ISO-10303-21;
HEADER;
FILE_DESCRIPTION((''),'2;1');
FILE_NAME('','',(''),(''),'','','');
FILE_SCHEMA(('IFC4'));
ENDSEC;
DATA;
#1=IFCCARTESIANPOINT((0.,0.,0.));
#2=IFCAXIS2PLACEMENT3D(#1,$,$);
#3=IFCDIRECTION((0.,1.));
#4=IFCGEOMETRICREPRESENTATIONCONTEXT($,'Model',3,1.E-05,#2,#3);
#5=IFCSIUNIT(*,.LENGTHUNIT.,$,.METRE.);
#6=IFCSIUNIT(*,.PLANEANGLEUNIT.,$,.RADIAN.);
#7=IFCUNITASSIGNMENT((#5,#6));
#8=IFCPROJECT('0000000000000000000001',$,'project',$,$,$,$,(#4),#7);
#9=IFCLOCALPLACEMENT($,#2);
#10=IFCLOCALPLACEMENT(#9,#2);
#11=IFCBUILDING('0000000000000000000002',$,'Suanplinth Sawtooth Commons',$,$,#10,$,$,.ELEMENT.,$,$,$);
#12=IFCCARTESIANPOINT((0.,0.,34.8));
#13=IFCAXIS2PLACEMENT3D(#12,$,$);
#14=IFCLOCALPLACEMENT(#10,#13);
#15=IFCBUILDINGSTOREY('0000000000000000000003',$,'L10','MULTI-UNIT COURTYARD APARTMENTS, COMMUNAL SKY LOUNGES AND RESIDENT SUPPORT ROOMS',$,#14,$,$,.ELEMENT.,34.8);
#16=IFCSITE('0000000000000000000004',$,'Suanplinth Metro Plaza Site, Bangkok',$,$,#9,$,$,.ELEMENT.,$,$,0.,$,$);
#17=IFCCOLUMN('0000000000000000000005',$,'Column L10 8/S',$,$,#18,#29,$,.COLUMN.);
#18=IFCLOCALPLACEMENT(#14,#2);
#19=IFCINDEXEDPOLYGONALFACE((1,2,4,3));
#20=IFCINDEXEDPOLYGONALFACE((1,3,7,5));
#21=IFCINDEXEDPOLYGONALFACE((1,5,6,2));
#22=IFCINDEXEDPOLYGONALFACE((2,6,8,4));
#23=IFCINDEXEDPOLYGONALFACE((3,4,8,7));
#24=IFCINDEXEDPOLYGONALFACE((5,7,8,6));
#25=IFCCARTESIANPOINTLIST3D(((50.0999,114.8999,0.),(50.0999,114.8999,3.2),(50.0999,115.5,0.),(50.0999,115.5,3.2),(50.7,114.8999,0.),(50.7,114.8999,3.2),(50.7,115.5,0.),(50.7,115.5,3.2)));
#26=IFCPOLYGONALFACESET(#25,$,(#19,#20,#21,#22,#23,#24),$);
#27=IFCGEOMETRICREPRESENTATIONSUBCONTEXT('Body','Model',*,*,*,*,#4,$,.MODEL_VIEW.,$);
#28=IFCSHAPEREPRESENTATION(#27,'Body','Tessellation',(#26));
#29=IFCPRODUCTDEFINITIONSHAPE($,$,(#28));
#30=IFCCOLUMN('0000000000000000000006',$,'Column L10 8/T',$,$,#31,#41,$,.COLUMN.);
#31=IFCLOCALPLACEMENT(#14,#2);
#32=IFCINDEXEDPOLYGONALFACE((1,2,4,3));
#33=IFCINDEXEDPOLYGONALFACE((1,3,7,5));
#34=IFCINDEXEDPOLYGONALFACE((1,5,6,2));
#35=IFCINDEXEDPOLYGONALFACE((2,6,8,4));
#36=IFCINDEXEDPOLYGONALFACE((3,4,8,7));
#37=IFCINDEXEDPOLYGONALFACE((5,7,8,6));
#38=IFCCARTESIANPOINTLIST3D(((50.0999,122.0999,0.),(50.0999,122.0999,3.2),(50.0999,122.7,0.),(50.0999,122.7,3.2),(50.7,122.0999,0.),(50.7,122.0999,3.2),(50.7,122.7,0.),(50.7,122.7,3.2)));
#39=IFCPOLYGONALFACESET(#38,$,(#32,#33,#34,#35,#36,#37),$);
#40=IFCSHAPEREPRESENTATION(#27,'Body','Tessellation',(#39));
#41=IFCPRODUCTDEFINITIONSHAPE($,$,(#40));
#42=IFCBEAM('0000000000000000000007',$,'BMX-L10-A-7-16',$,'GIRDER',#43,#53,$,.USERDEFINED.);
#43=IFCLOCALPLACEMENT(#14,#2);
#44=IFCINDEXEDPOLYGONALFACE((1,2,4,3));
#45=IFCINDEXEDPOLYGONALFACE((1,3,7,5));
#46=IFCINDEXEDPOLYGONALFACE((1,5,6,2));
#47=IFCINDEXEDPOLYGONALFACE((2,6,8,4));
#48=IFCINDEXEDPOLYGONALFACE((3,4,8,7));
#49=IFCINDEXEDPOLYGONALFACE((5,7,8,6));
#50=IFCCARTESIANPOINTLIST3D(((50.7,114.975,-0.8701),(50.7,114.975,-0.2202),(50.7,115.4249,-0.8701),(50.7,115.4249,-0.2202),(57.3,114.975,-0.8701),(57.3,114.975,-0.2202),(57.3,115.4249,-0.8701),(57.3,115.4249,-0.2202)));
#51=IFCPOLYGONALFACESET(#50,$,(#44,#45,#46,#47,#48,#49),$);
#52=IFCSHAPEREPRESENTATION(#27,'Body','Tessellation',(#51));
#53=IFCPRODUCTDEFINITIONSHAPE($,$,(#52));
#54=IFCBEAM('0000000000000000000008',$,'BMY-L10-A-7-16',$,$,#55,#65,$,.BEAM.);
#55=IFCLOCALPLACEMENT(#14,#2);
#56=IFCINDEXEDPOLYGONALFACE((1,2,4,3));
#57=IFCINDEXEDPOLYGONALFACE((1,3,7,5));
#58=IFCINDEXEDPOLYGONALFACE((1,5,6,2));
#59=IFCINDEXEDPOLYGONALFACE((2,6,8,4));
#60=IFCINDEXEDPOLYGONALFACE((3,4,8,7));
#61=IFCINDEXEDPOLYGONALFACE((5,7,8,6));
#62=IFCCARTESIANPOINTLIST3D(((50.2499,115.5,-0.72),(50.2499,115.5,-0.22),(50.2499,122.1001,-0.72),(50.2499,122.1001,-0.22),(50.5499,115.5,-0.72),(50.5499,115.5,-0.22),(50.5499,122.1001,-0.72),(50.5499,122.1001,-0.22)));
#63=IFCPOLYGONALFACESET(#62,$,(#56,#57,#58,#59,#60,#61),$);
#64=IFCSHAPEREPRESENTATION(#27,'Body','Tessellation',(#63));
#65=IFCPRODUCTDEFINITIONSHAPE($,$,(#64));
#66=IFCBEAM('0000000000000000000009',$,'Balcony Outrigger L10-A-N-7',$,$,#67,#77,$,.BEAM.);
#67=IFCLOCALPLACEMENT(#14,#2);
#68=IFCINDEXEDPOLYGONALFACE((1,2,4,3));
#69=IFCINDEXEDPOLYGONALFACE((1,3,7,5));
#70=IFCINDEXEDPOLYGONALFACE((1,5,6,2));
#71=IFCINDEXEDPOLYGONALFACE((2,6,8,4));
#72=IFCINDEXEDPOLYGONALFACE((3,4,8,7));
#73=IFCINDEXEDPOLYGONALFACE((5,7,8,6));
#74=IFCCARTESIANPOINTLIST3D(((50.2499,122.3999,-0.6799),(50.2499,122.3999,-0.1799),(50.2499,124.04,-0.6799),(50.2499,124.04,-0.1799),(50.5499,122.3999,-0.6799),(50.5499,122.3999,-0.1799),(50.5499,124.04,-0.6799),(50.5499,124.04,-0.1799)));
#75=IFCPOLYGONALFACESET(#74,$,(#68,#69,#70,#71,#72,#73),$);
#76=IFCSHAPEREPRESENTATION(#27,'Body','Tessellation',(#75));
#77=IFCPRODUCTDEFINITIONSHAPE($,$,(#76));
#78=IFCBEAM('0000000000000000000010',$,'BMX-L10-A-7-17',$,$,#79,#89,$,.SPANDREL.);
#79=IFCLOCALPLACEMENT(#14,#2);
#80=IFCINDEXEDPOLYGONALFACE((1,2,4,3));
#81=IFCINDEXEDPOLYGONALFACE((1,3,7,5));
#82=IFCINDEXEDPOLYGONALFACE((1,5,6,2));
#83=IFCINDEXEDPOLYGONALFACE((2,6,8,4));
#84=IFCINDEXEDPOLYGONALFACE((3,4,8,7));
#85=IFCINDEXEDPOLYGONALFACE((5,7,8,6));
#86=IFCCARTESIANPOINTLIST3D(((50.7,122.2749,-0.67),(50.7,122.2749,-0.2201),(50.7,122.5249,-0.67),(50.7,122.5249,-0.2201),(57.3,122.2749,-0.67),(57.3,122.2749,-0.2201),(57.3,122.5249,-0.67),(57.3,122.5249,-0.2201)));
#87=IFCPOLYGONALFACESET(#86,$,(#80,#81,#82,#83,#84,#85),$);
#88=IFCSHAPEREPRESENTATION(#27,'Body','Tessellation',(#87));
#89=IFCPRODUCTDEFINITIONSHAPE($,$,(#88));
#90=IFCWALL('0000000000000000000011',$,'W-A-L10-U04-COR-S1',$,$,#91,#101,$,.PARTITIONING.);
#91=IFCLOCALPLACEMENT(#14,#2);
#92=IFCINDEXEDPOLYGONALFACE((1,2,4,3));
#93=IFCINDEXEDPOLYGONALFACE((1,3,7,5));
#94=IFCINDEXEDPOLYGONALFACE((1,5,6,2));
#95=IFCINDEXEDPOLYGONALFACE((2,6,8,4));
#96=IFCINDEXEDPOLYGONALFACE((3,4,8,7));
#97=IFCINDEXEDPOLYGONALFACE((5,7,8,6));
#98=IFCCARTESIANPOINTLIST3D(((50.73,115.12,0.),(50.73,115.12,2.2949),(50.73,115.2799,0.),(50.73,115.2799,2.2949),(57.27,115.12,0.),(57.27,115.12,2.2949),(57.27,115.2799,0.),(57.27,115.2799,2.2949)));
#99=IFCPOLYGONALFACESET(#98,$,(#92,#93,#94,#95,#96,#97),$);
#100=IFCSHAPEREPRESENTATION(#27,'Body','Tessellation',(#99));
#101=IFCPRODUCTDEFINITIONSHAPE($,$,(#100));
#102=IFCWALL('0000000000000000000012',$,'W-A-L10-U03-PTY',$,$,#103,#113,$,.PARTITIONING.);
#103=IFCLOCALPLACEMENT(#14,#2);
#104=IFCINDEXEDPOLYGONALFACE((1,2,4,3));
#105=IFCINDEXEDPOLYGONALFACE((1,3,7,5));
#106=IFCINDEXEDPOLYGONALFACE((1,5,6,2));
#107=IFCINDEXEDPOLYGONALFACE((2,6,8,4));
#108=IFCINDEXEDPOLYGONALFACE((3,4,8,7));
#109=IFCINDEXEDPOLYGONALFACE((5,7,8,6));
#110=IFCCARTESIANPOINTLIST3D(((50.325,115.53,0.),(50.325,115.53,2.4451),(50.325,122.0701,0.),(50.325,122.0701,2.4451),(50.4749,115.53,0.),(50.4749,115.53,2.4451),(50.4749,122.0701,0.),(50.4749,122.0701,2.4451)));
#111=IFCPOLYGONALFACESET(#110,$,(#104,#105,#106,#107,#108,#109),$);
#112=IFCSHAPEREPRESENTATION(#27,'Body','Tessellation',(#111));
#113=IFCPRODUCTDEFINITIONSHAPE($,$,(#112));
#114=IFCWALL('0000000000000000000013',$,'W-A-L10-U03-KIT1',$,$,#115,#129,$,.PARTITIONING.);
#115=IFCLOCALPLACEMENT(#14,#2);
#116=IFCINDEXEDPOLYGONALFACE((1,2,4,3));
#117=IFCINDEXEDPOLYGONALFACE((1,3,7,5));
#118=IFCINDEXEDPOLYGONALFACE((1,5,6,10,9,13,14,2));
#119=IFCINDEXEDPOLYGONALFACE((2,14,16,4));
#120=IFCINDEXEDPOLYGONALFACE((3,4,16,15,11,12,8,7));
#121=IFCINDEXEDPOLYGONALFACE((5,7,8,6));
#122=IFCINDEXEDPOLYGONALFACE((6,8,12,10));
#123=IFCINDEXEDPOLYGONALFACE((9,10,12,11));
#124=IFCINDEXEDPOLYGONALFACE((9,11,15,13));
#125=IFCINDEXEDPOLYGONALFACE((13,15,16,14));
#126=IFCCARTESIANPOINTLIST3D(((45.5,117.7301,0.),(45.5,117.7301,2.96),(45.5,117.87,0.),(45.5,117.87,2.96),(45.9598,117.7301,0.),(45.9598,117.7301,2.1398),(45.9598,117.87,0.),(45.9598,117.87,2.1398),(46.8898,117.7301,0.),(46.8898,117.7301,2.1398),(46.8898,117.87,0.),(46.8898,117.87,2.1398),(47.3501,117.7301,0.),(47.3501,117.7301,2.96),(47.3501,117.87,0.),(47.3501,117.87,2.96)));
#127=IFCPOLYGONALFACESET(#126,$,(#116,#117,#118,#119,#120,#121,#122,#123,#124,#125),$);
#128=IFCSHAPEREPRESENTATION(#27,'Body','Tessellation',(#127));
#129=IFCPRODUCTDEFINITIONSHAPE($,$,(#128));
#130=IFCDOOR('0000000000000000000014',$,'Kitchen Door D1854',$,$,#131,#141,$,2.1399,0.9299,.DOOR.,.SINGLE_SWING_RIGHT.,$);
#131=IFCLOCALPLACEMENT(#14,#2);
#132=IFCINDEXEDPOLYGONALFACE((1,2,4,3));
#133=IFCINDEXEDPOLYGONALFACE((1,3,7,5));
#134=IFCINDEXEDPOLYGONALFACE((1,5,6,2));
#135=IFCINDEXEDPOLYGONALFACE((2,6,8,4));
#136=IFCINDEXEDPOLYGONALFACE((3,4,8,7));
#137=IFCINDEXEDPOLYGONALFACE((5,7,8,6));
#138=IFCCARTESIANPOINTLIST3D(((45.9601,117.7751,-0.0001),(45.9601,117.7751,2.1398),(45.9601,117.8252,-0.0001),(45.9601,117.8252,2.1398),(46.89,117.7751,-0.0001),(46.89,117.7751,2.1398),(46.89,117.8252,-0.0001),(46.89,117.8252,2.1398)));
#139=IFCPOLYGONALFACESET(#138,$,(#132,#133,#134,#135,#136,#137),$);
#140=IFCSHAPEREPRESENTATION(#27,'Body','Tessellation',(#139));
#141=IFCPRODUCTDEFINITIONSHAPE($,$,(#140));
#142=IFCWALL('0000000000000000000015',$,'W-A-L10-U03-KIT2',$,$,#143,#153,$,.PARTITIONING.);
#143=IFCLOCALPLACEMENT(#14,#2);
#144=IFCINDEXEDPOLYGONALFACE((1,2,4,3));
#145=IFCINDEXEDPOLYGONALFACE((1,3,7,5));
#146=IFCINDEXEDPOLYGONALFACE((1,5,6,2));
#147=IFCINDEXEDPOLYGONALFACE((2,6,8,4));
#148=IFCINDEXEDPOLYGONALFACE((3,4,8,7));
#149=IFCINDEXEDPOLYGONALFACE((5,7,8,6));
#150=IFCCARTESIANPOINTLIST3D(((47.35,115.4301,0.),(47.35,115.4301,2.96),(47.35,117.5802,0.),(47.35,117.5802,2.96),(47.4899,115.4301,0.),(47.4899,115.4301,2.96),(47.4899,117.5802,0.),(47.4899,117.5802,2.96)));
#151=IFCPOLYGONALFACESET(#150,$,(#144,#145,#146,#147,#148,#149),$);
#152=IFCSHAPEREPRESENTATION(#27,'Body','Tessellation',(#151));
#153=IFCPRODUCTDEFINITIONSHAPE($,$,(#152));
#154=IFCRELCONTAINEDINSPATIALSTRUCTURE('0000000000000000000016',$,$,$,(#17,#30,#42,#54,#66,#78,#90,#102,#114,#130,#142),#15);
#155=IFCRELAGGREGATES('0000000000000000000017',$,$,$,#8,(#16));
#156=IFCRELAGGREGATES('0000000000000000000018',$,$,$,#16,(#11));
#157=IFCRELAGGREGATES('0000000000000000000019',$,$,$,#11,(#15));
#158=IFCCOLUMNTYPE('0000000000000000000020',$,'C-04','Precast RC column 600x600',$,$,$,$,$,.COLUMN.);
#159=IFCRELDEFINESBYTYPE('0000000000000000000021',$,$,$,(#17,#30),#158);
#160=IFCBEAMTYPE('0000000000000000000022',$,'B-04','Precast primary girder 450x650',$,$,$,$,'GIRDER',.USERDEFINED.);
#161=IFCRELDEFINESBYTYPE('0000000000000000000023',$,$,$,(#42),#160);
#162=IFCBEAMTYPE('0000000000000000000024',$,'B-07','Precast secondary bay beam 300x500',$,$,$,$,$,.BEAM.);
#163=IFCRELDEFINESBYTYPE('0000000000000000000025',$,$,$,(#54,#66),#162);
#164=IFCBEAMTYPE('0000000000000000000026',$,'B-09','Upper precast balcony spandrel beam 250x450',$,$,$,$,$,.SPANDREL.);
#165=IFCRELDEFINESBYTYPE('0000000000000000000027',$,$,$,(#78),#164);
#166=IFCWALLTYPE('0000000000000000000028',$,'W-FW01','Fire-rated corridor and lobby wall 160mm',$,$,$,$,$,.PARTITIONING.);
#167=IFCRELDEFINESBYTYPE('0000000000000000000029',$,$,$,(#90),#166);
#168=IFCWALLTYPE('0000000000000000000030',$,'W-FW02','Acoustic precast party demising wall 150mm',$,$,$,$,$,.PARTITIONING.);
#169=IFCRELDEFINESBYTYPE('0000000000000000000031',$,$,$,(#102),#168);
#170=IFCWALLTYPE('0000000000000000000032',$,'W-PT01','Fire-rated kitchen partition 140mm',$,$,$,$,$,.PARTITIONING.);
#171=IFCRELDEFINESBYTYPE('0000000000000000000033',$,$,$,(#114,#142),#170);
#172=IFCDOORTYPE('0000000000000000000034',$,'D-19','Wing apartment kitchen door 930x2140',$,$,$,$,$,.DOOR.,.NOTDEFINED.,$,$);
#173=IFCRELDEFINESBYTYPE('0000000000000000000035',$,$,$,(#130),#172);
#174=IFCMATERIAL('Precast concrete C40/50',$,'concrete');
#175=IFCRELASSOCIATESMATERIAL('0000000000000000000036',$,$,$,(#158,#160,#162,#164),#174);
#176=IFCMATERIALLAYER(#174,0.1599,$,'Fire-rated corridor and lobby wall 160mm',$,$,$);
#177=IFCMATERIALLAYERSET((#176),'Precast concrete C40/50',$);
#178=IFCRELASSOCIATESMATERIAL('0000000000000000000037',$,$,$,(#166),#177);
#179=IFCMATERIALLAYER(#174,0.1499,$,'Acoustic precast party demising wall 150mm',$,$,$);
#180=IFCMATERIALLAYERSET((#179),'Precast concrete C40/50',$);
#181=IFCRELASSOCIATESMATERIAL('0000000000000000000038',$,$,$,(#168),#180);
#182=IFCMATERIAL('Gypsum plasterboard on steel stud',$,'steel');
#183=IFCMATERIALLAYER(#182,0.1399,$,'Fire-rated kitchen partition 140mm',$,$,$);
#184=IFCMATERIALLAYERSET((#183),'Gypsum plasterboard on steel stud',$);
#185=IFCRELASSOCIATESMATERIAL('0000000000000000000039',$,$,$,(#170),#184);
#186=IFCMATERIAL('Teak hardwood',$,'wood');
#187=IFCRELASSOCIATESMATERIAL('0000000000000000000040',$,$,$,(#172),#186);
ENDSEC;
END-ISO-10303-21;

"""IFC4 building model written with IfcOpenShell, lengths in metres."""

from ifc_helpers import new_model, si_unit, direction, frame, frame_2d, origin, origin_2d, place, context, subcontext, project, spatial, rectangle, extrude, material, layer, layer_set, material_profile, profile_set, type_object, element, fill, save


model = new_model("IFC4")

# Units and contexts
model_context = context("Model", 3, precision=1e-05, world=origin(), true_north=direction((0.0, 1.0)))
body_context = subcontext(model_context, "Body", "Model", "MODEL_VIEW")
ifc_project = project(units=[si_unit("LENGTHUNIT", "METRE"), si_unit("PLANEANGLEUNIT", "RADIAN")], contexts=[model_context])

# Site, building, storey
site_placement = place(None, origin())
site = spatial("IfcSite", under=ifc_project, at=site_placement, Name="Suanplinth Metro Plaza Site, Bangkok", CompositionType="ELEMENT", RefElevation=0.0)
building_placement = place(site_placement, origin())
building = spatial("IfcBuilding", under=site, at=building_placement, Name="Suanplinth Sawtooth Commons", CompositionType="ELEMENT")
storey_placement = place(building_placement, frame((0.0, 0.0, 34.8)))
storey = spatial("IfcBuildingStorey", under=building, at=storey_placement, Name="L10", Description="MULTI-UNIT COURTYARD APARTMENTS, COMMUNAL SKY LOUNGES AND RESIDENT SUPPORT ROOMS", CompositionType="ELEMENT", Elevation=34.8)

# Columns
ifc_material_1 = material(Name="Precast concrete C40/50", Category="concrete")
ifc_material_profile_1 = material_profile(ifc_material_1, rectangle(XDim=0.6001, YDim=0.6001, at=origin_2d()), Name="PC-COL 600x600")
ifc_profile_set_1 = profile_set([ifc_material_profile_1], Name="Precast concrete C40/50")
column_type = type_object("IfcColumnType", Name="C-04", Description="Precast RC column 600x600", PredefinedType="COLUMN", material=ifc_profile_set_1)
for number, where, z_axis, x_axis, name in (
    (1, (50.3999, 115.2, 0.0), (0.0, 0.0, 1.0), (1.0, 0.0, 0.0), "Column L10 8/S"),
    (2, (50.3999, 122.3999, 0.0), (0.0, 0.0, 1.0), (1.0, 0.0, 0.0), "Column L10 8/T"),
):
    element("IfcColumn", number, at=place(storey_placement, frame(where, z_axis=z_axis, x_axis=x_axis)), inside=storey, type_object=column_type, Name=name, PredefinedType="COLUMN", context=body_context, shape_type="SweptSolid", body=[
        extrude(rectangle(XDim=0.6001, YDim=0.6001, at=origin_2d()), origin(), (0.0, 0.0, 1.0), 3.2),
    ])

# Beams
ifc_material_profile_2 = material_profile(ifc_material_1, rectangle(XDim=0.45, YDim=0.6499, at=origin_2d()), Name="PC-GDR 450x650")
ifc_profile_set_2 = profile_set([ifc_material_profile_2], Name="Precast concrete C40/50")
beam_type_1 = type_object("IfcBeamType", Name="B-04", Description="Precast primary girder 450x650", ElementType="GIRDER", PredefinedType="USERDEFINED", material=ifc_profile_set_2)
beam_1_placement = place(storey_placement, frame((50.7, 115.2, -0.5452), z_axis=(1.0, 0.0, 0.0), x_axis=(0.0, 1.0, 0.0)))
element("IfcBeam", 3, at=beam_1_placement, inside=storey, type_object=beam_type_1, Name="BMX-L10-A-7-16", ObjectType="GIRDER", PredefinedType="USERDEFINED", context=body_context, shape_type="SweptSolid", body=[
    extrude(rectangle(XDim=0.45, YDim=0.6499, at=origin_2d()), origin(), (0.0, 0.0, 1.0), 6.6001),
])
ifc_material_profile_3 = material_profile(ifc_material_1, rectangle(XDim=0.3, YDim=0.5, at=origin_2d()), Name="PC-BM 300x500")
ifc_profile_set_3 = profile_set([ifc_material_profile_3], Name="Precast concrete C40/50")
beam_type_2 = type_object("IfcBeamType", Name="B-07", Description="Precast secondary bay beam 300x500", PredefinedType="BEAM", material=ifc_profile_set_3)
beam_2_placement = place(storey_placement, frame((50.3999, 115.5, -0.47), z_axis=(0.0, 1.0, 0.0), x_axis=(-1.0, 0.0, 0.0)))
element("IfcBeam", 4, at=beam_2_placement, inside=storey, type_object=beam_type_2, Name="BMY-L10-A-7-16", PredefinedType="BEAM", context=body_context, shape_type="SweptSolid", body=[
    extrude(rectangle(XDim=0.3, YDim=0.5, at=origin_2d()), origin(), (0.0, 0.0, 1.0), 6.6001),
])
beam_3_placement = place(storey_placement, frame((50.3999, 122.3999, -0.4299), z_axis=(0.0, 1.0, 0.0), x_axis=(-1.0, 0.0, 0.0)))
element("IfcBeam", 5, at=beam_3_placement, inside=storey, type_object=beam_type_2, Name="Balcony Outrigger L10-A-N-7", PredefinedType="BEAM", context=body_context, shape_type="SweptSolid", body=[
    extrude(rectangle(XDim=0.3, YDim=0.5, at=origin_2d()), origin(), (0.0, 0.0, 1.0), 1.6401),
])
ifc_material_profile_4 = material_profile(ifc_material_1, rectangle(XDim=0.25, YDim=0.45, at=origin_2d()), Name="PC-SP 250x450")
ifc_profile_set_4 = profile_set([ifc_material_profile_4], Name="Precast concrete C40/50")
beam_type_3 = type_object("IfcBeamType", Name="B-09", Description="Upper precast balcony spandrel beam 250x450", PredefinedType="SPANDREL", material=ifc_profile_set_4)
beam_4_placement = place(storey_placement, frame((50.7, 122.3999, -0.4451), z_axis=(1.0, 0.0, 0.0), x_axis=(0.0, 1.0, 0.0)))
element("IfcBeam", 6, at=beam_4_placement, inside=storey, type_object=beam_type_3, Name="BMX-L10-A-7-17", PredefinedType="SPANDREL", context=body_context, shape_type="SweptSolid", body=[
    extrude(rectangle(XDim=0.25, YDim=0.45, at=origin_2d()), origin(), (0.0, 0.0, 1.0), 6.6001),
])

# Shared definitions
ifc_layer_1 = layer(ifc_material_1, 0.1599, Name="Fire-rated corridor and lobby wall 160mm")
ifc_layer_set_1 = layer_set([ifc_layer_1], Name="Precast concrete C40/50")
wall_type_1 = type_object("IfcWallType", Name="W-FW01", Description="Fire-rated corridor and lobby wall 160mm", PredefinedType="PARTITIONING", material=ifc_layer_set_1)

# Walls
wall_1_placement = place(storey_placement, frame((50.73, 115.2, 0.0), z_axis=(0.0, 0.0, 1.0), x_axis=(1.0, 0.0, 0.0)))
element("IfcWall", 7, at=wall_1_placement, inside=storey, type_object=wall_type_1, Name="W-A-L10-U04-COR-S1", PredefinedType="PARTITIONING", context=body_context, shape_type="SweptSolid", body=[
    extrude(rectangle(XDim=6.54, YDim=0.1599, at=frame_2d((3.27, 0.0))), origin(), (0.0, 0.0, 1.0), 2.2949),
])
ifc_layer_2 = layer(ifc_material_1, 0.1499, Name="Acoustic precast party demising wall 150mm")
ifc_layer_set_2 = layer_set([ifc_layer_2], Name="Precast concrete C40/50")
wall_type_2 = type_object("IfcWallType", Name="W-FW02", Description="Acoustic precast party demising wall 150mm", PredefinedType="PARTITIONING", material=ifc_layer_set_2)
wall_2_placement = place(storey_placement, frame((50.3999, 115.53, 0.0), z_axis=(0.0, 0.0, 1.0), x_axis=(0.0, 1.0, 0.0)))
element("IfcWall", 8, at=wall_2_placement, inside=storey, type_object=wall_type_2, Name="W-A-L10-U03-PTY", PredefinedType="PARTITIONING", context=body_context, shape_type="SweptSolid", body=[
    extrude(rectangle(XDim=6.54, YDim=0.1499, at=frame_2d((3.27, 0.0))), origin(), (0.0, 0.0, 1.0), 2.4451),
])

# Wall, opening, door
ifc_material_2 = material(Name="Gypsum plasterboard on steel stud", Category="steel")
ifc_layer_3 = layer(ifc_material_2, 0.1399, Name="Fire-rated kitchen partition 140mm")
ifc_layer_set_3 = layer_set([ifc_layer_3], Name="Gypsum plasterboard on steel stud")
wall_type_3 = type_object("IfcWallType", Name="W-PT01", Description="Fire-rated kitchen partition 140mm", PredefinedType="PARTITIONING", material=ifc_layer_set_3)
wall_3_placement = place(storey_placement, frame((45.5, 117.8, 0.0), z_axis=(0.0, 0.0, 1.0), x_axis=(1.0, 0.0, 0.0)))
wall_3 = element("IfcWall", 9, at=wall_3_placement, inside=storey, type_object=wall_type_3, Name="W-A-L10-U03-KIT1", PredefinedType="PARTITIONING", context=body_context, shape_type="SweptSolid", body=[
    extrude(rectangle(XDim=1.8501, YDim=0.1399, at=frame_2d((0.925, 0.0))), origin(), (0.0, 0.0, 1.0), 2.96),
])
opening_1_placement = place(wall_3_placement, frame((0.46, 0.0, 0.0)))
opening_1 = element("IfcOpeningElement", 10, at=opening_1_placement, cuts=wall_3, PredefinedType="OPENING", context=body_context, shape_type="SweptSolid", body=[
    extrude(rectangle(XDim=0.9299, YDim=2.1399, at=frame_2d((0.4648, 1.0698))), frame((0.0, 0.085, 0.0), z_axis=(0.0, -1.0, 0.0), x_axis=(1.0, 0.0, 0.0)), (0.0, 0.0, 1.0), 0.1697),
])
ifc_material_3 = material(Name="Teak hardwood", Category="wood")
door_type_1 = type_object("IfcDoorType", Name="D-19", Description="Wing apartment kitchen door 930x2140", OperationType="NOTDEFINED", PredefinedType="DOOR", material=ifc_material_3)
door_1_placement = place(opening_1_placement, frame((0.9299, 0.0, 0.0), z_axis=(0.0, 0.0, 1.0), x_axis=(-1.0, 0.0, 0.0)))
door_1 = element("IfcDoor", 11, at=door_1_placement, inside=storey, type_object=door_type_1, Name="Kitchen Door D1854", OperationType="SINGLE_SWING_RIGHT", OverallHeight=2.1399, OverallWidth=0.9299, PredefinedType="DOOR", context=body_context, shape_type="SweptSolid", body=[
    extrude(rectangle(XDim=0.9299, YDim=2.1399, at=frame_2d((0.4648, 1.0698))), frame((0.0, 0.0249, 0.0), z_axis=(0.0, -1.0, 0.0), x_axis=(1.0, 0.0, 0.0)), (0.0, 0.0, 1.0), 0.05),
])
fill(opening_1, door_1)

# Wall
wall_4_placement = place(storey_placement, frame((47.4199, 115.4299, 0.0), z_axis=(0.0, 0.0, 1.0), x_axis=(0.0, 1.0, 0.0)))
element("IfcWall", 12, at=wall_4_placement, inside=storey, type_object=wall_type_3, Name="W-A-L10-U03-KIT2", PredefinedType="PARTITIONING", context=body_context, shape_type="SweptSolid", body=[
    extrude(rectangle(XDim=2.1501, YDim=0.1399, at=frame_2d((1.0752, 0.0))), origin(), (0.0, 0.0, 1.0), 2.96),
])

save(model, "model.ifc")
